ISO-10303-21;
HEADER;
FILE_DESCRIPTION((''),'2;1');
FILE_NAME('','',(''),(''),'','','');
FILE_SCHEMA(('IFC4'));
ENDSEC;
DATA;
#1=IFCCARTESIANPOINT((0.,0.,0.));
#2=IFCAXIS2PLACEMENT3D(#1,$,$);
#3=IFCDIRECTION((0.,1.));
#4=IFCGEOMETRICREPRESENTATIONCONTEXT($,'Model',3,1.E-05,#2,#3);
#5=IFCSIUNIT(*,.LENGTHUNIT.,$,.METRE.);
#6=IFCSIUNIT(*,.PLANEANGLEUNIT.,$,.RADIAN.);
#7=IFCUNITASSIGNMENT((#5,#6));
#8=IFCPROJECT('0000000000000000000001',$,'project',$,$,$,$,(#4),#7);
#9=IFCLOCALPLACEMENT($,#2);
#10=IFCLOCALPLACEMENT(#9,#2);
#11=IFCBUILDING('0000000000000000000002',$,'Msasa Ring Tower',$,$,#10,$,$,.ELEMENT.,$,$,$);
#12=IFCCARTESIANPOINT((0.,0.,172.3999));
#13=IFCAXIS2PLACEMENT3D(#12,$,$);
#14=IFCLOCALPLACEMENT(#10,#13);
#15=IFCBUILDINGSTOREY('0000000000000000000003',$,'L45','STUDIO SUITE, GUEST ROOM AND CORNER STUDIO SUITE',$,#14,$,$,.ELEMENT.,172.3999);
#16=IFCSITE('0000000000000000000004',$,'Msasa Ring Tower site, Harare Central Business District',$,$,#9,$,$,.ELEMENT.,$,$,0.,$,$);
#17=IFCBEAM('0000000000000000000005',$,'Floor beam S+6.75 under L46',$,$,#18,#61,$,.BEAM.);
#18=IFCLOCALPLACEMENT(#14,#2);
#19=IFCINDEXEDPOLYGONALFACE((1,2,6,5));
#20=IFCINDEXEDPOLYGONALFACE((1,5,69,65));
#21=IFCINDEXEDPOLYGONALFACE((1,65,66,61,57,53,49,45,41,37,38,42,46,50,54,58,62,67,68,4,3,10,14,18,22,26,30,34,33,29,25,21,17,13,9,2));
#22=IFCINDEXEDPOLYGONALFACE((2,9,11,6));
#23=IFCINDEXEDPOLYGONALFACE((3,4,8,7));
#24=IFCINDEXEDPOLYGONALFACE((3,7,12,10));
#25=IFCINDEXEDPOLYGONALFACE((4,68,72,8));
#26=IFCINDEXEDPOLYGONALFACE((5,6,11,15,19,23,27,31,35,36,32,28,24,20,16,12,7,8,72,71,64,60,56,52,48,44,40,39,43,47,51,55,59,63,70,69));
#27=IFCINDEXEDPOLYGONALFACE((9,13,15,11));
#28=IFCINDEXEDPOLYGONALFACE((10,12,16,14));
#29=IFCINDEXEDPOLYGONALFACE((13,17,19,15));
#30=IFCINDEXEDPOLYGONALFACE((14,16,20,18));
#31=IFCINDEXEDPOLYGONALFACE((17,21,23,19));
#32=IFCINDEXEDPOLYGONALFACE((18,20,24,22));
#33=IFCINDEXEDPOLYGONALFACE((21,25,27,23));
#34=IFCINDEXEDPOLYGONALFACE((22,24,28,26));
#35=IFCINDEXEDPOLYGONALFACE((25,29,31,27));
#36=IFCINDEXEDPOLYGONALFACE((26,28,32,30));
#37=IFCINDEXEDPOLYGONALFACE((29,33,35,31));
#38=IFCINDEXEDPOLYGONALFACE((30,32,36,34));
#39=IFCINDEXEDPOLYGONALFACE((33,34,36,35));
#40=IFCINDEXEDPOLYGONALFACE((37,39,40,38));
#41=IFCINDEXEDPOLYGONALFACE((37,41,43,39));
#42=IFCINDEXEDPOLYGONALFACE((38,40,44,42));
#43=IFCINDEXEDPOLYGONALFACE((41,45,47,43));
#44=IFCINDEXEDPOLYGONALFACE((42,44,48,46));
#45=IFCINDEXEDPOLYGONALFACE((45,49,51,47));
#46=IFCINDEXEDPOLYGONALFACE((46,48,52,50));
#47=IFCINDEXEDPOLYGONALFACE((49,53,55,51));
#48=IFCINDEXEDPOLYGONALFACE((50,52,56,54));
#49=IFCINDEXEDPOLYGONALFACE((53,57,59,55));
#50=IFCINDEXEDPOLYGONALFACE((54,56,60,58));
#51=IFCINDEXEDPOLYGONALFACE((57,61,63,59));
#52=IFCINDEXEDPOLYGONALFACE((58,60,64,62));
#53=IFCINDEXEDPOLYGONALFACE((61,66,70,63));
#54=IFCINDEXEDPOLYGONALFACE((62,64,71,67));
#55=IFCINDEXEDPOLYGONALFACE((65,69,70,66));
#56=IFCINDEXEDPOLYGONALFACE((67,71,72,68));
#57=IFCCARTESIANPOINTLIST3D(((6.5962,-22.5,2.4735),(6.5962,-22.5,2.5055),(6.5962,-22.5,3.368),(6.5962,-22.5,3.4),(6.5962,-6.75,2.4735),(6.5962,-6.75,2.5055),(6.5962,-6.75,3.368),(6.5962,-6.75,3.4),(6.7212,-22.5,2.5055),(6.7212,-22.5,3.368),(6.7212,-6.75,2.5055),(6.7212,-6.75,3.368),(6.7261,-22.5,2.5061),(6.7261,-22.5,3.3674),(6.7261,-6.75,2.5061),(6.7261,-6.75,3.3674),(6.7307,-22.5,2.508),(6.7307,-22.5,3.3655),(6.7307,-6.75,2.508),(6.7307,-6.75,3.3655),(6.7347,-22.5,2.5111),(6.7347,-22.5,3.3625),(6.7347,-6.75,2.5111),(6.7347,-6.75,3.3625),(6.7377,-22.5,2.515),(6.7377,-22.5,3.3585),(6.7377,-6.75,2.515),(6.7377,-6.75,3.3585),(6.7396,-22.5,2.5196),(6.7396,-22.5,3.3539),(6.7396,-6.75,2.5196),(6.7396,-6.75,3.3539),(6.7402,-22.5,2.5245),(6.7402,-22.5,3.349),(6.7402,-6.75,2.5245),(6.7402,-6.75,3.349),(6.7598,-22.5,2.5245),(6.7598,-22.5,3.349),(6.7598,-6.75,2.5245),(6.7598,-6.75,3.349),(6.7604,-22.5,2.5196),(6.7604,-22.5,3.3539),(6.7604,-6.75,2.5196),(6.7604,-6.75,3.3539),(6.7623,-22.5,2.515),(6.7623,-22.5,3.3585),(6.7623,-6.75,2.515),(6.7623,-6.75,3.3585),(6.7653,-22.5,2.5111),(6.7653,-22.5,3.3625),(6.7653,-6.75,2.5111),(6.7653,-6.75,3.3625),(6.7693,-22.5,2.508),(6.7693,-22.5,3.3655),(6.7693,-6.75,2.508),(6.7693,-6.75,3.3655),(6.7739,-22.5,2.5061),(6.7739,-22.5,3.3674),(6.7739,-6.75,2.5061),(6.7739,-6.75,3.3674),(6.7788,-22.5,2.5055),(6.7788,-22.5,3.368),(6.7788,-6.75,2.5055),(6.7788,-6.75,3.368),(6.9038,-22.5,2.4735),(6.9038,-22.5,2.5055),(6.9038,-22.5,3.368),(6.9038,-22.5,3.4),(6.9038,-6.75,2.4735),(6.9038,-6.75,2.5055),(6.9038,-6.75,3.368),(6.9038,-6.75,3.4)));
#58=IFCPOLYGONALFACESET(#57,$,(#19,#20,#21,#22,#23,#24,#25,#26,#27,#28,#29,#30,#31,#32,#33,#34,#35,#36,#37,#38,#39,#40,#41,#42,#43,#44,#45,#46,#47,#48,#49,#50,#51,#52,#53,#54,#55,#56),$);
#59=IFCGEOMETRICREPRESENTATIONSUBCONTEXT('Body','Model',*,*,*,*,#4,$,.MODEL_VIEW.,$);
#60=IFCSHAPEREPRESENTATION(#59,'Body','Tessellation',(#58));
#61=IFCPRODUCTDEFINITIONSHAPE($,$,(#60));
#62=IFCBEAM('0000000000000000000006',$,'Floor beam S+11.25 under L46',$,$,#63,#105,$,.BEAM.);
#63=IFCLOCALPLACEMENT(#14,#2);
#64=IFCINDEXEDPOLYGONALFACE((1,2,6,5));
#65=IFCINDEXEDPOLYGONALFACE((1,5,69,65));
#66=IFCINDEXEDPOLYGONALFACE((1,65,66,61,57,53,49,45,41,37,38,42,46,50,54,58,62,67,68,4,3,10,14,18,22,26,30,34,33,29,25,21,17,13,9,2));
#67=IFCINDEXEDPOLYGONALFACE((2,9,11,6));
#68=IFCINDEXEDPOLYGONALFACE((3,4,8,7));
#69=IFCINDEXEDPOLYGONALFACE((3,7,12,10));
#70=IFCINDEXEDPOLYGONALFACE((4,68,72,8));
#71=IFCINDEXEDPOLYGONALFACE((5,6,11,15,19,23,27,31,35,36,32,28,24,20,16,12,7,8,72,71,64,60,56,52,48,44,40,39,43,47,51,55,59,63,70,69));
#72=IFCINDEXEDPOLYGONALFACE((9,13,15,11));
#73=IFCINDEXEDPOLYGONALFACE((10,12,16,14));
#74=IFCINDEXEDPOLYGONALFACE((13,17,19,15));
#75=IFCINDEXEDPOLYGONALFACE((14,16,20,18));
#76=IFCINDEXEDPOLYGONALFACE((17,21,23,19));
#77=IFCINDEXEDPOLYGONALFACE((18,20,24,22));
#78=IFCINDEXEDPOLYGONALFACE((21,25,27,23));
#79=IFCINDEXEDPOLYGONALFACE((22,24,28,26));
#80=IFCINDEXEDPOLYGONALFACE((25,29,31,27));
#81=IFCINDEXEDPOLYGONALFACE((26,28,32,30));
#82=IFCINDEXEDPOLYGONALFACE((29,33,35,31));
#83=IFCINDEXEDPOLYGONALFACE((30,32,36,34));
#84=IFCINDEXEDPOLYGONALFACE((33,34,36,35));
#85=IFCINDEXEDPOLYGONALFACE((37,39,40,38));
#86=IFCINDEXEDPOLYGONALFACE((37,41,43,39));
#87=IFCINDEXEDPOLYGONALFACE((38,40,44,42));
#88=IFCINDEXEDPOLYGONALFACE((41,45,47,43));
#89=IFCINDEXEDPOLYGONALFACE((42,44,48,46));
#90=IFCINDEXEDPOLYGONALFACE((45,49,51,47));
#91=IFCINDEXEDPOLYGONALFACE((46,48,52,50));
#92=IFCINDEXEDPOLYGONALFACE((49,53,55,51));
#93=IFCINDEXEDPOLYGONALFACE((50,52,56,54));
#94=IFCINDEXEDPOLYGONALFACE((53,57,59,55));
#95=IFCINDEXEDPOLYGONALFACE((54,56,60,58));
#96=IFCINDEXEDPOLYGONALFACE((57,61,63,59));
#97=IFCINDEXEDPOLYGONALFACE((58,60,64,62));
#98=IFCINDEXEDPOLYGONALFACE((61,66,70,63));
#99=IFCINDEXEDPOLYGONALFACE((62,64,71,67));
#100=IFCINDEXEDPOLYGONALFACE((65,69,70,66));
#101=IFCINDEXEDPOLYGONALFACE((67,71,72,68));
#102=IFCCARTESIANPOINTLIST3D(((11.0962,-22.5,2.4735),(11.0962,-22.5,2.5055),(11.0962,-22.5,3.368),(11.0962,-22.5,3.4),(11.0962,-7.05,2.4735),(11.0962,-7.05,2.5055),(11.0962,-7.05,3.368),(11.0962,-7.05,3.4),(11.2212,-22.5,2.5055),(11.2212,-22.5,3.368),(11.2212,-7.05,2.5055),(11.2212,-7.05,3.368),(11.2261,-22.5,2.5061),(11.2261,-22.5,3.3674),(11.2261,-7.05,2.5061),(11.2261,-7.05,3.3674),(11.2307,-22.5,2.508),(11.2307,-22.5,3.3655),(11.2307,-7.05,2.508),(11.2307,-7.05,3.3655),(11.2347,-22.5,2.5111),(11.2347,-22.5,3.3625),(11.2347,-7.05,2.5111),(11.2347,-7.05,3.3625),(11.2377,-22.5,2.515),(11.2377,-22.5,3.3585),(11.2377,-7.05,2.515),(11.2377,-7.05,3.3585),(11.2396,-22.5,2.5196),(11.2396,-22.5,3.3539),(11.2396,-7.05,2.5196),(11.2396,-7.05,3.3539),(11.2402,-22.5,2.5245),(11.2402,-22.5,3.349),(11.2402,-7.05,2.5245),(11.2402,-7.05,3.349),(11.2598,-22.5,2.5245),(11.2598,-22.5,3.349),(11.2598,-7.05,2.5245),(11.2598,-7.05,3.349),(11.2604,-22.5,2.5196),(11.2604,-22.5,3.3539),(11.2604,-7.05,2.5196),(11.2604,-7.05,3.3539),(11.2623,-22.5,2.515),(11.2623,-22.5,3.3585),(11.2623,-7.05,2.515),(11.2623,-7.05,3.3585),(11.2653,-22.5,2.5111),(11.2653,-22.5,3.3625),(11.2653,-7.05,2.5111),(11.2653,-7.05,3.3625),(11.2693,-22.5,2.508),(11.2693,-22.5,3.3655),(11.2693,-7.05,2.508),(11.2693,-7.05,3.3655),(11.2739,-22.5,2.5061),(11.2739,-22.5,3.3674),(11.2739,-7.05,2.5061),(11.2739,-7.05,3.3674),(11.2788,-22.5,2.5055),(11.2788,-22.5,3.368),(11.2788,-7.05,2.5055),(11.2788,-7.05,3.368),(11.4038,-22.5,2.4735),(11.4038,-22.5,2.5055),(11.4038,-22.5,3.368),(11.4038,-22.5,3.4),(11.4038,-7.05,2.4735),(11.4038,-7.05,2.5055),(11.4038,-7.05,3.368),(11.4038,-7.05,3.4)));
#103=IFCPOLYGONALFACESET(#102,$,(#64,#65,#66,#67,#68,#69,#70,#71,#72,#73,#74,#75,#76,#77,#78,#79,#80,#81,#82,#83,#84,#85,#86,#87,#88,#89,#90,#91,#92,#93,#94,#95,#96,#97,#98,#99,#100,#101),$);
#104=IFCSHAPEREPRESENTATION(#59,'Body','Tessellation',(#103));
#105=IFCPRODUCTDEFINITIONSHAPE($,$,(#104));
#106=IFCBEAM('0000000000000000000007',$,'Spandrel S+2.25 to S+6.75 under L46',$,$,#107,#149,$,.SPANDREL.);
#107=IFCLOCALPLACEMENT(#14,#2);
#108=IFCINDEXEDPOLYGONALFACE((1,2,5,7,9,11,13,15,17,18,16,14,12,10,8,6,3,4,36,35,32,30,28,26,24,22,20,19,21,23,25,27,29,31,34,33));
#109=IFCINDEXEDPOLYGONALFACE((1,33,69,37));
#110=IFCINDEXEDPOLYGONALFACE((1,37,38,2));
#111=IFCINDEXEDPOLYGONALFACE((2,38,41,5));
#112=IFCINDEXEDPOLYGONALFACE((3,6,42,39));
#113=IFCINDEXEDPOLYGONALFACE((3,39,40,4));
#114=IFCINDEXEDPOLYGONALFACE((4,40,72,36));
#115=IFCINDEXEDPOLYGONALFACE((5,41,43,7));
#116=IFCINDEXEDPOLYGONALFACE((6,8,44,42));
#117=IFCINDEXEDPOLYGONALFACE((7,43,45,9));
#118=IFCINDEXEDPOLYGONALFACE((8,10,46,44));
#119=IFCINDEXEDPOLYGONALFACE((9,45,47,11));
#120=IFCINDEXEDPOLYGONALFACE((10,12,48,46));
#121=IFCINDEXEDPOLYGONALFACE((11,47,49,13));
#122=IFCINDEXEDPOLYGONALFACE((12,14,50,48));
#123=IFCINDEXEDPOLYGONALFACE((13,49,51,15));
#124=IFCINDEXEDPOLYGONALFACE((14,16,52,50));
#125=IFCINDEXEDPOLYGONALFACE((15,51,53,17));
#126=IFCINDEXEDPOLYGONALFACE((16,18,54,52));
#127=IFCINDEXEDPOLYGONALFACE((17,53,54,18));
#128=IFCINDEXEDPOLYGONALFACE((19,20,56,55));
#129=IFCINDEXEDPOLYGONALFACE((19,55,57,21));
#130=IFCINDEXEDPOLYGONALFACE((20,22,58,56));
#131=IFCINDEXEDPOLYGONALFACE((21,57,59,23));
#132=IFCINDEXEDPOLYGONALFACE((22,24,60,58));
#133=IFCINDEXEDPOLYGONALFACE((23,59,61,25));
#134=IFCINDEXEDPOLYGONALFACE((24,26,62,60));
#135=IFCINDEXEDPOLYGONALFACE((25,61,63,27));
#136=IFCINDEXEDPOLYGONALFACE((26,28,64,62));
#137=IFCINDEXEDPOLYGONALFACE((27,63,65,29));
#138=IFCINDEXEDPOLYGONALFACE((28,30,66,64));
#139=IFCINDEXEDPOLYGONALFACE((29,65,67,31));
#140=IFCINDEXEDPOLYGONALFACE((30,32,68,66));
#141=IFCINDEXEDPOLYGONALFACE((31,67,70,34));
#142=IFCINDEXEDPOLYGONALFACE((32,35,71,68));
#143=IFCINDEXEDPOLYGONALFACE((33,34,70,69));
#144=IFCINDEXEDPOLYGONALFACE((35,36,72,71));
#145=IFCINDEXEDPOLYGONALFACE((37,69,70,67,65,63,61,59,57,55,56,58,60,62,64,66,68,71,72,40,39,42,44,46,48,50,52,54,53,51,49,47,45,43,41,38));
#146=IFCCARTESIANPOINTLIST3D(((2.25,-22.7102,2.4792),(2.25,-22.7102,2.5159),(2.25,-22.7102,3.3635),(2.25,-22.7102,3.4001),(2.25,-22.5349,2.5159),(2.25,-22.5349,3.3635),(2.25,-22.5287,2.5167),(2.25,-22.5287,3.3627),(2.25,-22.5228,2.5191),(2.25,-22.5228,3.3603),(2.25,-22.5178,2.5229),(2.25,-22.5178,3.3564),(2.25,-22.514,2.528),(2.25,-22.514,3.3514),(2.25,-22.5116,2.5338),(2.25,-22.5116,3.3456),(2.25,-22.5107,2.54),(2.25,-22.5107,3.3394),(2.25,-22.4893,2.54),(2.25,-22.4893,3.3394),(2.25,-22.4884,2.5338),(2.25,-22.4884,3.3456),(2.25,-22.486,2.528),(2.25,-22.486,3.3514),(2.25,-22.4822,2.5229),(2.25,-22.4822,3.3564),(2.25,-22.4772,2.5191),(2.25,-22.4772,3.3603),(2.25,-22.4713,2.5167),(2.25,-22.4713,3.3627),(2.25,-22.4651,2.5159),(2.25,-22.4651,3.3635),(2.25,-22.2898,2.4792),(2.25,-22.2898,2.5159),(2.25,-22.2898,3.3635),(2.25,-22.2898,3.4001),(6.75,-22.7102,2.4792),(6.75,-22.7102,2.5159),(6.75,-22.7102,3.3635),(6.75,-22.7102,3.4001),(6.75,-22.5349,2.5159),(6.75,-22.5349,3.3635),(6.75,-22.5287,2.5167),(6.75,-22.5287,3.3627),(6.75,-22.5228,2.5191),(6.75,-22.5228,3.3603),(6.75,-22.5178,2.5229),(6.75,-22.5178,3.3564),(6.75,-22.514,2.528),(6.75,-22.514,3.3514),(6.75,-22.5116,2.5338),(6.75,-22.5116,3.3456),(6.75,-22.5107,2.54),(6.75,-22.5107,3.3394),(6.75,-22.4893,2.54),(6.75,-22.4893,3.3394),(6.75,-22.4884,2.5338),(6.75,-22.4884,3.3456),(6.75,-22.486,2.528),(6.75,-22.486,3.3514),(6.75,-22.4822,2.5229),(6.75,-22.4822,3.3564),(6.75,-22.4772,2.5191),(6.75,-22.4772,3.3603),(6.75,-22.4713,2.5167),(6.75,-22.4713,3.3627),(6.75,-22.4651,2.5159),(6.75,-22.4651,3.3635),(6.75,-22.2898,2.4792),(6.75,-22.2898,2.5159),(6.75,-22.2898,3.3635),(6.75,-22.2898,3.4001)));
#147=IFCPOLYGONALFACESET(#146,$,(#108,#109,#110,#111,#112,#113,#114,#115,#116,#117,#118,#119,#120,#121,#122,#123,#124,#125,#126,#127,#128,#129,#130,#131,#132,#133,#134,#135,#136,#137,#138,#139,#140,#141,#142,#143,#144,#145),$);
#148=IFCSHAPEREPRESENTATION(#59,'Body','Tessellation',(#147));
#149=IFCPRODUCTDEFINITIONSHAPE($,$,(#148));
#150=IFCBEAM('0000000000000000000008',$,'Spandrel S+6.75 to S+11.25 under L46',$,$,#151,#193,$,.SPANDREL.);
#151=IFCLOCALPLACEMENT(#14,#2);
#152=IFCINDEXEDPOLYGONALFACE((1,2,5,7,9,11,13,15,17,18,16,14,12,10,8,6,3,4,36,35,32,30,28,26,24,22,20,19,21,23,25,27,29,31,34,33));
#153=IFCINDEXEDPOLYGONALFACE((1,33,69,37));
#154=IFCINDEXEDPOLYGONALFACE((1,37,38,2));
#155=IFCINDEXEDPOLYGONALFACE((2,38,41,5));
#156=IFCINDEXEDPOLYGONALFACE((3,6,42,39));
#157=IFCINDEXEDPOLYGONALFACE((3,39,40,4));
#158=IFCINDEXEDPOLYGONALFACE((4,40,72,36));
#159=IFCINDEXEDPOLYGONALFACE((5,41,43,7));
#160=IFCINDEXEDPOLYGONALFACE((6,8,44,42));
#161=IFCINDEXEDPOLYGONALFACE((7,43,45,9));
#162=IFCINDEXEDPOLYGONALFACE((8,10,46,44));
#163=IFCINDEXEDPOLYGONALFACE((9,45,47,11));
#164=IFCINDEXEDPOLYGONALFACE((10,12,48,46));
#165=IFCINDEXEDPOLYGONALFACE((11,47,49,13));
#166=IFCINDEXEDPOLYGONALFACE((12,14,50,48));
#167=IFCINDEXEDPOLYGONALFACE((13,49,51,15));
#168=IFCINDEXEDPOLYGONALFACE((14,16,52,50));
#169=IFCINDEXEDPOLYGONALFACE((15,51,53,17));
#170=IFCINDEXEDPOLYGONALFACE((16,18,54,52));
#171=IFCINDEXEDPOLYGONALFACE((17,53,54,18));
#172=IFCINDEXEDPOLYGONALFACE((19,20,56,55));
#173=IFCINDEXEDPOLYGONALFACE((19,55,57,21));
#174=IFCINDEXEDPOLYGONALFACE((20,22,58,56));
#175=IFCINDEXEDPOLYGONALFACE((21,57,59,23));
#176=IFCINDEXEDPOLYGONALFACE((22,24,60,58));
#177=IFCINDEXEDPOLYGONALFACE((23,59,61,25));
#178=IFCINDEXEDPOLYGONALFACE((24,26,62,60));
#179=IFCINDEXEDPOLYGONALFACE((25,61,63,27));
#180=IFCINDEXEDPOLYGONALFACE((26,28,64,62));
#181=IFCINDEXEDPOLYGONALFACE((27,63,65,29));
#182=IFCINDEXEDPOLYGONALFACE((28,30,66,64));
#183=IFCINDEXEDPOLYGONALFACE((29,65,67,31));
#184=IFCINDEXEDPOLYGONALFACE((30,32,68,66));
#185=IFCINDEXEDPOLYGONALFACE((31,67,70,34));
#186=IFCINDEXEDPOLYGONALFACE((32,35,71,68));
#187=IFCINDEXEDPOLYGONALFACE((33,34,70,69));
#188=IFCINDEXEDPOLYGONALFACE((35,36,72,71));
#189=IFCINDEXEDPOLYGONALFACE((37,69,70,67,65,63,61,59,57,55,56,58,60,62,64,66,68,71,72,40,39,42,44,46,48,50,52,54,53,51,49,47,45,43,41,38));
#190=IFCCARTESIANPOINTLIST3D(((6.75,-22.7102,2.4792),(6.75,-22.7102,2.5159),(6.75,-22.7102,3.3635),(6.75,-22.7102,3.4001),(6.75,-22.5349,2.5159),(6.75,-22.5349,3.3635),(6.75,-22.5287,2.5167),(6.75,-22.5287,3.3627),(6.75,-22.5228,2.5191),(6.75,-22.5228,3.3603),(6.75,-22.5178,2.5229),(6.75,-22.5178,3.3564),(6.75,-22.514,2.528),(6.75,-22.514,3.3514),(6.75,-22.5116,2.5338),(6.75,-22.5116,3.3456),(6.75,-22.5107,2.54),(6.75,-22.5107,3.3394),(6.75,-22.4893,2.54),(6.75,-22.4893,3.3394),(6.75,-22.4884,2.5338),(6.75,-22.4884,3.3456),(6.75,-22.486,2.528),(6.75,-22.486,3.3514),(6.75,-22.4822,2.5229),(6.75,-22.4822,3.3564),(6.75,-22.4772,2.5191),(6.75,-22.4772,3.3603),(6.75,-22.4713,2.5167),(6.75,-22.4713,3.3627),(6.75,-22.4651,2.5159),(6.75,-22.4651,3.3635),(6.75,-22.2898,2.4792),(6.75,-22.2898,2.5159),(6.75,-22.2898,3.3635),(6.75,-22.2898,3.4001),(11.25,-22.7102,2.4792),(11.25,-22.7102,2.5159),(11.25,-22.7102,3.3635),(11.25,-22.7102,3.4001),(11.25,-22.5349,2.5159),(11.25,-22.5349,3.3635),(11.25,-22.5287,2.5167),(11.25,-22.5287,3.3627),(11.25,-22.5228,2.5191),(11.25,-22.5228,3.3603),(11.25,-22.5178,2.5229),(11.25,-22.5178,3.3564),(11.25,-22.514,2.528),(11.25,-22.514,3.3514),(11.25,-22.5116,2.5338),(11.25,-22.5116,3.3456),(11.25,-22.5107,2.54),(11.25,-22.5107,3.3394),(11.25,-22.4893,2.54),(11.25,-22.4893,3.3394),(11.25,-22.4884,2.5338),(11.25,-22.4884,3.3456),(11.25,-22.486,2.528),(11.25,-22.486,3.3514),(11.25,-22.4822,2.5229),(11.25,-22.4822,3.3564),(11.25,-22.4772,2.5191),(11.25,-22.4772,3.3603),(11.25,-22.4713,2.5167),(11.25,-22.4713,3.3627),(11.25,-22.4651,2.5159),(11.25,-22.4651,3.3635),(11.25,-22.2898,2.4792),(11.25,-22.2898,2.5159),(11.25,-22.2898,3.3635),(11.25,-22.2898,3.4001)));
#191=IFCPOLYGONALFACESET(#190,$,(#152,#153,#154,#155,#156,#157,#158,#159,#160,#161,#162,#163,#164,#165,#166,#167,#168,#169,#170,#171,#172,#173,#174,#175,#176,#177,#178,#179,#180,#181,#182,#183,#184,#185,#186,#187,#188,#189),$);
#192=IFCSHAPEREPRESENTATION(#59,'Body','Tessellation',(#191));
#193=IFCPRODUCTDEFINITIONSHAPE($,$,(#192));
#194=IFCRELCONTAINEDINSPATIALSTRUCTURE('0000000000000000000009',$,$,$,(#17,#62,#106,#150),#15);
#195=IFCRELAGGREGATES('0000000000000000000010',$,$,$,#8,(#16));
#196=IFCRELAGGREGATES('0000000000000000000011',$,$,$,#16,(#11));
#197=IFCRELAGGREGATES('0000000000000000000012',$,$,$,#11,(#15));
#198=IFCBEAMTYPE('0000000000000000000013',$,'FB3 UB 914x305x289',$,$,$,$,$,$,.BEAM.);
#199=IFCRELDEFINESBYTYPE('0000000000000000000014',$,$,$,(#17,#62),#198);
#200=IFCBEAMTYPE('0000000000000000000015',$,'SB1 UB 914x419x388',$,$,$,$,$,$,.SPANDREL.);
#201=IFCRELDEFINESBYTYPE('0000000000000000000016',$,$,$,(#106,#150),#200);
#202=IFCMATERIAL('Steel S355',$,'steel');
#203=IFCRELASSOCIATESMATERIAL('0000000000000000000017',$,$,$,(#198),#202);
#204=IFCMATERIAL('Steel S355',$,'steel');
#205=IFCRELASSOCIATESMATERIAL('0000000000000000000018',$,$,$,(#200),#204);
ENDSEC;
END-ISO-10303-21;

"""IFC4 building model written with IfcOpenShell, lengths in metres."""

from ifc_helpers import new_model, si_unit, direction, frame, origin, origin_2d, place, context, subcontext, project, spatial, i_section, extrude, material, material_profile, profile_set, type_object, element, save


model = new_model("IFC4")

# Units and contexts
model_context = context("Model", 3, precision=1e-05, world=origin(), true_north=direction((0.0, 1.0)))
body_context = subcontext(model_context, "Body", "Model", "MODEL_VIEW")
ifc_project = project(units=[si_unit("LENGTHUNIT", "METRE"), si_unit("PLANEANGLEUNIT", "RADIAN")], contexts=[model_context])

# Site, building, storey
site_placement = place(None, origin())
site = spatial("IfcSite", under=ifc_project, at=site_placement, Name="Msasa Ring Tower site, Harare Central Business District", CompositionType="ELEMENT", RefElevation=0.0)
building_placement = place(site_placement, origin())
building = spatial("IfcBuilding", under=site, at=building_placement, Name="Msasa Ring Tower", CompositionType="ELEMENT")
storey_placement = place(building_placement, frame((0.0, 0.0, 172.3999)))
storey = spatial("IfcBuildingStorey", under=building, at=storey_placement, Name="L45", Description="STUDIO SUITE, GUEST ROOM AND CORNER STUDIO SUITE", CompositionType="ELEMENT", Elevation=172.3999)

# Beams
ifc_material_1 = material(Name="Steel S355", Category="steel")
ifc_material_profile_1 = material_profile(ifc_material_1, i_section(OverallWidth=0.3076, OverallDepth=0.9265, WebThickness=0.0195, FlangeThickness=0.032, FilletRadius=0.019, at=origin_2d()), Name="UB 914x305x289")
ifc_profile_set_1 = profile_set([ifc_material_profile_1], Name="Steel S355")
beam_type_1 = type_object("IfcBeamType", Name="FB3 UB 914x305x289", PredefinedType="BEAM", material=ifc_profile_set_1)
for number, where, z_axis, x_axis, name in (
    (1, (6.75, -22.5, 2.9368), (0.0, 1.0, 0.0), (-1.0, 0.0, 0.0), "Floor beam S+6.75 under L46"),
):
    element("IfcBeam", number, at=place(storey_placement, frame(where, z_axis=z_axis, x_axis=x_axis)), inside=storey, type_object=beam_type_1, Name=name, PredefinedType="BEAM", context=body_context, shape_type="SweptSolid", body=[
        extrude(i_section(OverallWidth=0.3076, OverallDepth=0.9265, WebThickness=0.0195, FlangeThickness=0.032, FilletRadius=0.019, at=origin_2d()), origin(), (0.0, 0.0, 1.0), 15.75),
    ])
beam_placement = place(storey_placement, frame((11.25, -22.5, 2.9368), z_axis=(0.0, 1.0, 0.0), x_axis=(-1.0, 0.0, 0.0)))
element("IfcBeam", 2, at=beam_placement, inside=storey, type_object=beam_type_1, Name="Floor beam S+11.25 under L46", PredefinedType="BEAM", context=body_context, shape_type="SweptSolid", body=[
    extrude(i_section(OverallWidth=0.3076, OverallDepth=0.9265, WebThickness=0.0195, FlangeThickness=0.032, FilletRadius=0.019, at=origin_2d()), origin(), (0.0, 0.0, 1.0), 15.45),
])
ifc_material_2 = material(Name="Steel S355", Category="steel")
ifc_material_profile_2 = material_profile(ifc_material_2, i_section(OverallWidth=0.4204, OverallDepth=0.9209, WebThickness=0.0215, FlangeThickness=0.0366, FilletRadius=0.0242, at=origin_2d()), Name="UB 914x419x388")
ifc_profile_set_2 = profile_set([ifc_material_profile_2], Name="Steel S355")
beam_type_2 = type_object("IfcBeamType", Name="SB1 UB 914x419x388", PredefinedType="SPANDREL", material=ifc_profile_set_2)
for number, where, z_axis, x_axis, name in (
    (3, (2.25, -22.5, 2.9397), (1.0, 0.0, 0.0), (0.0, 1.0, 0.0), "Spandrel S+2.25 to S+6.75 under L46"),
    (4, (6.75, -22.5, 2.9397), (1.0, 0.0, 0.0), (0.0, 1.0, 0.0), "Spandrel S+6.75 to S+11.25 under L46"),
):
    element("IfcBeam", number, at=place(storey_placement, frame(where, z_axis=z_axis, x_axis=x_axis)), inside=storey, type_object=beam_type_2, Name=name, PredefinedType="SPANDREL", context=body_context, shape_type="SweptSolid", body=[
        extrude(i_section(OverallWidth=0.4204, OverallDepth=0.9209, WebThickness=0.0215, FlangeThickness=0.0366, FilletRadius=0.0242, at=origin_2d()), origin(), (0.0, 0.0, 1.0), 4.5),
    ])

save(model, "model.ifc")
